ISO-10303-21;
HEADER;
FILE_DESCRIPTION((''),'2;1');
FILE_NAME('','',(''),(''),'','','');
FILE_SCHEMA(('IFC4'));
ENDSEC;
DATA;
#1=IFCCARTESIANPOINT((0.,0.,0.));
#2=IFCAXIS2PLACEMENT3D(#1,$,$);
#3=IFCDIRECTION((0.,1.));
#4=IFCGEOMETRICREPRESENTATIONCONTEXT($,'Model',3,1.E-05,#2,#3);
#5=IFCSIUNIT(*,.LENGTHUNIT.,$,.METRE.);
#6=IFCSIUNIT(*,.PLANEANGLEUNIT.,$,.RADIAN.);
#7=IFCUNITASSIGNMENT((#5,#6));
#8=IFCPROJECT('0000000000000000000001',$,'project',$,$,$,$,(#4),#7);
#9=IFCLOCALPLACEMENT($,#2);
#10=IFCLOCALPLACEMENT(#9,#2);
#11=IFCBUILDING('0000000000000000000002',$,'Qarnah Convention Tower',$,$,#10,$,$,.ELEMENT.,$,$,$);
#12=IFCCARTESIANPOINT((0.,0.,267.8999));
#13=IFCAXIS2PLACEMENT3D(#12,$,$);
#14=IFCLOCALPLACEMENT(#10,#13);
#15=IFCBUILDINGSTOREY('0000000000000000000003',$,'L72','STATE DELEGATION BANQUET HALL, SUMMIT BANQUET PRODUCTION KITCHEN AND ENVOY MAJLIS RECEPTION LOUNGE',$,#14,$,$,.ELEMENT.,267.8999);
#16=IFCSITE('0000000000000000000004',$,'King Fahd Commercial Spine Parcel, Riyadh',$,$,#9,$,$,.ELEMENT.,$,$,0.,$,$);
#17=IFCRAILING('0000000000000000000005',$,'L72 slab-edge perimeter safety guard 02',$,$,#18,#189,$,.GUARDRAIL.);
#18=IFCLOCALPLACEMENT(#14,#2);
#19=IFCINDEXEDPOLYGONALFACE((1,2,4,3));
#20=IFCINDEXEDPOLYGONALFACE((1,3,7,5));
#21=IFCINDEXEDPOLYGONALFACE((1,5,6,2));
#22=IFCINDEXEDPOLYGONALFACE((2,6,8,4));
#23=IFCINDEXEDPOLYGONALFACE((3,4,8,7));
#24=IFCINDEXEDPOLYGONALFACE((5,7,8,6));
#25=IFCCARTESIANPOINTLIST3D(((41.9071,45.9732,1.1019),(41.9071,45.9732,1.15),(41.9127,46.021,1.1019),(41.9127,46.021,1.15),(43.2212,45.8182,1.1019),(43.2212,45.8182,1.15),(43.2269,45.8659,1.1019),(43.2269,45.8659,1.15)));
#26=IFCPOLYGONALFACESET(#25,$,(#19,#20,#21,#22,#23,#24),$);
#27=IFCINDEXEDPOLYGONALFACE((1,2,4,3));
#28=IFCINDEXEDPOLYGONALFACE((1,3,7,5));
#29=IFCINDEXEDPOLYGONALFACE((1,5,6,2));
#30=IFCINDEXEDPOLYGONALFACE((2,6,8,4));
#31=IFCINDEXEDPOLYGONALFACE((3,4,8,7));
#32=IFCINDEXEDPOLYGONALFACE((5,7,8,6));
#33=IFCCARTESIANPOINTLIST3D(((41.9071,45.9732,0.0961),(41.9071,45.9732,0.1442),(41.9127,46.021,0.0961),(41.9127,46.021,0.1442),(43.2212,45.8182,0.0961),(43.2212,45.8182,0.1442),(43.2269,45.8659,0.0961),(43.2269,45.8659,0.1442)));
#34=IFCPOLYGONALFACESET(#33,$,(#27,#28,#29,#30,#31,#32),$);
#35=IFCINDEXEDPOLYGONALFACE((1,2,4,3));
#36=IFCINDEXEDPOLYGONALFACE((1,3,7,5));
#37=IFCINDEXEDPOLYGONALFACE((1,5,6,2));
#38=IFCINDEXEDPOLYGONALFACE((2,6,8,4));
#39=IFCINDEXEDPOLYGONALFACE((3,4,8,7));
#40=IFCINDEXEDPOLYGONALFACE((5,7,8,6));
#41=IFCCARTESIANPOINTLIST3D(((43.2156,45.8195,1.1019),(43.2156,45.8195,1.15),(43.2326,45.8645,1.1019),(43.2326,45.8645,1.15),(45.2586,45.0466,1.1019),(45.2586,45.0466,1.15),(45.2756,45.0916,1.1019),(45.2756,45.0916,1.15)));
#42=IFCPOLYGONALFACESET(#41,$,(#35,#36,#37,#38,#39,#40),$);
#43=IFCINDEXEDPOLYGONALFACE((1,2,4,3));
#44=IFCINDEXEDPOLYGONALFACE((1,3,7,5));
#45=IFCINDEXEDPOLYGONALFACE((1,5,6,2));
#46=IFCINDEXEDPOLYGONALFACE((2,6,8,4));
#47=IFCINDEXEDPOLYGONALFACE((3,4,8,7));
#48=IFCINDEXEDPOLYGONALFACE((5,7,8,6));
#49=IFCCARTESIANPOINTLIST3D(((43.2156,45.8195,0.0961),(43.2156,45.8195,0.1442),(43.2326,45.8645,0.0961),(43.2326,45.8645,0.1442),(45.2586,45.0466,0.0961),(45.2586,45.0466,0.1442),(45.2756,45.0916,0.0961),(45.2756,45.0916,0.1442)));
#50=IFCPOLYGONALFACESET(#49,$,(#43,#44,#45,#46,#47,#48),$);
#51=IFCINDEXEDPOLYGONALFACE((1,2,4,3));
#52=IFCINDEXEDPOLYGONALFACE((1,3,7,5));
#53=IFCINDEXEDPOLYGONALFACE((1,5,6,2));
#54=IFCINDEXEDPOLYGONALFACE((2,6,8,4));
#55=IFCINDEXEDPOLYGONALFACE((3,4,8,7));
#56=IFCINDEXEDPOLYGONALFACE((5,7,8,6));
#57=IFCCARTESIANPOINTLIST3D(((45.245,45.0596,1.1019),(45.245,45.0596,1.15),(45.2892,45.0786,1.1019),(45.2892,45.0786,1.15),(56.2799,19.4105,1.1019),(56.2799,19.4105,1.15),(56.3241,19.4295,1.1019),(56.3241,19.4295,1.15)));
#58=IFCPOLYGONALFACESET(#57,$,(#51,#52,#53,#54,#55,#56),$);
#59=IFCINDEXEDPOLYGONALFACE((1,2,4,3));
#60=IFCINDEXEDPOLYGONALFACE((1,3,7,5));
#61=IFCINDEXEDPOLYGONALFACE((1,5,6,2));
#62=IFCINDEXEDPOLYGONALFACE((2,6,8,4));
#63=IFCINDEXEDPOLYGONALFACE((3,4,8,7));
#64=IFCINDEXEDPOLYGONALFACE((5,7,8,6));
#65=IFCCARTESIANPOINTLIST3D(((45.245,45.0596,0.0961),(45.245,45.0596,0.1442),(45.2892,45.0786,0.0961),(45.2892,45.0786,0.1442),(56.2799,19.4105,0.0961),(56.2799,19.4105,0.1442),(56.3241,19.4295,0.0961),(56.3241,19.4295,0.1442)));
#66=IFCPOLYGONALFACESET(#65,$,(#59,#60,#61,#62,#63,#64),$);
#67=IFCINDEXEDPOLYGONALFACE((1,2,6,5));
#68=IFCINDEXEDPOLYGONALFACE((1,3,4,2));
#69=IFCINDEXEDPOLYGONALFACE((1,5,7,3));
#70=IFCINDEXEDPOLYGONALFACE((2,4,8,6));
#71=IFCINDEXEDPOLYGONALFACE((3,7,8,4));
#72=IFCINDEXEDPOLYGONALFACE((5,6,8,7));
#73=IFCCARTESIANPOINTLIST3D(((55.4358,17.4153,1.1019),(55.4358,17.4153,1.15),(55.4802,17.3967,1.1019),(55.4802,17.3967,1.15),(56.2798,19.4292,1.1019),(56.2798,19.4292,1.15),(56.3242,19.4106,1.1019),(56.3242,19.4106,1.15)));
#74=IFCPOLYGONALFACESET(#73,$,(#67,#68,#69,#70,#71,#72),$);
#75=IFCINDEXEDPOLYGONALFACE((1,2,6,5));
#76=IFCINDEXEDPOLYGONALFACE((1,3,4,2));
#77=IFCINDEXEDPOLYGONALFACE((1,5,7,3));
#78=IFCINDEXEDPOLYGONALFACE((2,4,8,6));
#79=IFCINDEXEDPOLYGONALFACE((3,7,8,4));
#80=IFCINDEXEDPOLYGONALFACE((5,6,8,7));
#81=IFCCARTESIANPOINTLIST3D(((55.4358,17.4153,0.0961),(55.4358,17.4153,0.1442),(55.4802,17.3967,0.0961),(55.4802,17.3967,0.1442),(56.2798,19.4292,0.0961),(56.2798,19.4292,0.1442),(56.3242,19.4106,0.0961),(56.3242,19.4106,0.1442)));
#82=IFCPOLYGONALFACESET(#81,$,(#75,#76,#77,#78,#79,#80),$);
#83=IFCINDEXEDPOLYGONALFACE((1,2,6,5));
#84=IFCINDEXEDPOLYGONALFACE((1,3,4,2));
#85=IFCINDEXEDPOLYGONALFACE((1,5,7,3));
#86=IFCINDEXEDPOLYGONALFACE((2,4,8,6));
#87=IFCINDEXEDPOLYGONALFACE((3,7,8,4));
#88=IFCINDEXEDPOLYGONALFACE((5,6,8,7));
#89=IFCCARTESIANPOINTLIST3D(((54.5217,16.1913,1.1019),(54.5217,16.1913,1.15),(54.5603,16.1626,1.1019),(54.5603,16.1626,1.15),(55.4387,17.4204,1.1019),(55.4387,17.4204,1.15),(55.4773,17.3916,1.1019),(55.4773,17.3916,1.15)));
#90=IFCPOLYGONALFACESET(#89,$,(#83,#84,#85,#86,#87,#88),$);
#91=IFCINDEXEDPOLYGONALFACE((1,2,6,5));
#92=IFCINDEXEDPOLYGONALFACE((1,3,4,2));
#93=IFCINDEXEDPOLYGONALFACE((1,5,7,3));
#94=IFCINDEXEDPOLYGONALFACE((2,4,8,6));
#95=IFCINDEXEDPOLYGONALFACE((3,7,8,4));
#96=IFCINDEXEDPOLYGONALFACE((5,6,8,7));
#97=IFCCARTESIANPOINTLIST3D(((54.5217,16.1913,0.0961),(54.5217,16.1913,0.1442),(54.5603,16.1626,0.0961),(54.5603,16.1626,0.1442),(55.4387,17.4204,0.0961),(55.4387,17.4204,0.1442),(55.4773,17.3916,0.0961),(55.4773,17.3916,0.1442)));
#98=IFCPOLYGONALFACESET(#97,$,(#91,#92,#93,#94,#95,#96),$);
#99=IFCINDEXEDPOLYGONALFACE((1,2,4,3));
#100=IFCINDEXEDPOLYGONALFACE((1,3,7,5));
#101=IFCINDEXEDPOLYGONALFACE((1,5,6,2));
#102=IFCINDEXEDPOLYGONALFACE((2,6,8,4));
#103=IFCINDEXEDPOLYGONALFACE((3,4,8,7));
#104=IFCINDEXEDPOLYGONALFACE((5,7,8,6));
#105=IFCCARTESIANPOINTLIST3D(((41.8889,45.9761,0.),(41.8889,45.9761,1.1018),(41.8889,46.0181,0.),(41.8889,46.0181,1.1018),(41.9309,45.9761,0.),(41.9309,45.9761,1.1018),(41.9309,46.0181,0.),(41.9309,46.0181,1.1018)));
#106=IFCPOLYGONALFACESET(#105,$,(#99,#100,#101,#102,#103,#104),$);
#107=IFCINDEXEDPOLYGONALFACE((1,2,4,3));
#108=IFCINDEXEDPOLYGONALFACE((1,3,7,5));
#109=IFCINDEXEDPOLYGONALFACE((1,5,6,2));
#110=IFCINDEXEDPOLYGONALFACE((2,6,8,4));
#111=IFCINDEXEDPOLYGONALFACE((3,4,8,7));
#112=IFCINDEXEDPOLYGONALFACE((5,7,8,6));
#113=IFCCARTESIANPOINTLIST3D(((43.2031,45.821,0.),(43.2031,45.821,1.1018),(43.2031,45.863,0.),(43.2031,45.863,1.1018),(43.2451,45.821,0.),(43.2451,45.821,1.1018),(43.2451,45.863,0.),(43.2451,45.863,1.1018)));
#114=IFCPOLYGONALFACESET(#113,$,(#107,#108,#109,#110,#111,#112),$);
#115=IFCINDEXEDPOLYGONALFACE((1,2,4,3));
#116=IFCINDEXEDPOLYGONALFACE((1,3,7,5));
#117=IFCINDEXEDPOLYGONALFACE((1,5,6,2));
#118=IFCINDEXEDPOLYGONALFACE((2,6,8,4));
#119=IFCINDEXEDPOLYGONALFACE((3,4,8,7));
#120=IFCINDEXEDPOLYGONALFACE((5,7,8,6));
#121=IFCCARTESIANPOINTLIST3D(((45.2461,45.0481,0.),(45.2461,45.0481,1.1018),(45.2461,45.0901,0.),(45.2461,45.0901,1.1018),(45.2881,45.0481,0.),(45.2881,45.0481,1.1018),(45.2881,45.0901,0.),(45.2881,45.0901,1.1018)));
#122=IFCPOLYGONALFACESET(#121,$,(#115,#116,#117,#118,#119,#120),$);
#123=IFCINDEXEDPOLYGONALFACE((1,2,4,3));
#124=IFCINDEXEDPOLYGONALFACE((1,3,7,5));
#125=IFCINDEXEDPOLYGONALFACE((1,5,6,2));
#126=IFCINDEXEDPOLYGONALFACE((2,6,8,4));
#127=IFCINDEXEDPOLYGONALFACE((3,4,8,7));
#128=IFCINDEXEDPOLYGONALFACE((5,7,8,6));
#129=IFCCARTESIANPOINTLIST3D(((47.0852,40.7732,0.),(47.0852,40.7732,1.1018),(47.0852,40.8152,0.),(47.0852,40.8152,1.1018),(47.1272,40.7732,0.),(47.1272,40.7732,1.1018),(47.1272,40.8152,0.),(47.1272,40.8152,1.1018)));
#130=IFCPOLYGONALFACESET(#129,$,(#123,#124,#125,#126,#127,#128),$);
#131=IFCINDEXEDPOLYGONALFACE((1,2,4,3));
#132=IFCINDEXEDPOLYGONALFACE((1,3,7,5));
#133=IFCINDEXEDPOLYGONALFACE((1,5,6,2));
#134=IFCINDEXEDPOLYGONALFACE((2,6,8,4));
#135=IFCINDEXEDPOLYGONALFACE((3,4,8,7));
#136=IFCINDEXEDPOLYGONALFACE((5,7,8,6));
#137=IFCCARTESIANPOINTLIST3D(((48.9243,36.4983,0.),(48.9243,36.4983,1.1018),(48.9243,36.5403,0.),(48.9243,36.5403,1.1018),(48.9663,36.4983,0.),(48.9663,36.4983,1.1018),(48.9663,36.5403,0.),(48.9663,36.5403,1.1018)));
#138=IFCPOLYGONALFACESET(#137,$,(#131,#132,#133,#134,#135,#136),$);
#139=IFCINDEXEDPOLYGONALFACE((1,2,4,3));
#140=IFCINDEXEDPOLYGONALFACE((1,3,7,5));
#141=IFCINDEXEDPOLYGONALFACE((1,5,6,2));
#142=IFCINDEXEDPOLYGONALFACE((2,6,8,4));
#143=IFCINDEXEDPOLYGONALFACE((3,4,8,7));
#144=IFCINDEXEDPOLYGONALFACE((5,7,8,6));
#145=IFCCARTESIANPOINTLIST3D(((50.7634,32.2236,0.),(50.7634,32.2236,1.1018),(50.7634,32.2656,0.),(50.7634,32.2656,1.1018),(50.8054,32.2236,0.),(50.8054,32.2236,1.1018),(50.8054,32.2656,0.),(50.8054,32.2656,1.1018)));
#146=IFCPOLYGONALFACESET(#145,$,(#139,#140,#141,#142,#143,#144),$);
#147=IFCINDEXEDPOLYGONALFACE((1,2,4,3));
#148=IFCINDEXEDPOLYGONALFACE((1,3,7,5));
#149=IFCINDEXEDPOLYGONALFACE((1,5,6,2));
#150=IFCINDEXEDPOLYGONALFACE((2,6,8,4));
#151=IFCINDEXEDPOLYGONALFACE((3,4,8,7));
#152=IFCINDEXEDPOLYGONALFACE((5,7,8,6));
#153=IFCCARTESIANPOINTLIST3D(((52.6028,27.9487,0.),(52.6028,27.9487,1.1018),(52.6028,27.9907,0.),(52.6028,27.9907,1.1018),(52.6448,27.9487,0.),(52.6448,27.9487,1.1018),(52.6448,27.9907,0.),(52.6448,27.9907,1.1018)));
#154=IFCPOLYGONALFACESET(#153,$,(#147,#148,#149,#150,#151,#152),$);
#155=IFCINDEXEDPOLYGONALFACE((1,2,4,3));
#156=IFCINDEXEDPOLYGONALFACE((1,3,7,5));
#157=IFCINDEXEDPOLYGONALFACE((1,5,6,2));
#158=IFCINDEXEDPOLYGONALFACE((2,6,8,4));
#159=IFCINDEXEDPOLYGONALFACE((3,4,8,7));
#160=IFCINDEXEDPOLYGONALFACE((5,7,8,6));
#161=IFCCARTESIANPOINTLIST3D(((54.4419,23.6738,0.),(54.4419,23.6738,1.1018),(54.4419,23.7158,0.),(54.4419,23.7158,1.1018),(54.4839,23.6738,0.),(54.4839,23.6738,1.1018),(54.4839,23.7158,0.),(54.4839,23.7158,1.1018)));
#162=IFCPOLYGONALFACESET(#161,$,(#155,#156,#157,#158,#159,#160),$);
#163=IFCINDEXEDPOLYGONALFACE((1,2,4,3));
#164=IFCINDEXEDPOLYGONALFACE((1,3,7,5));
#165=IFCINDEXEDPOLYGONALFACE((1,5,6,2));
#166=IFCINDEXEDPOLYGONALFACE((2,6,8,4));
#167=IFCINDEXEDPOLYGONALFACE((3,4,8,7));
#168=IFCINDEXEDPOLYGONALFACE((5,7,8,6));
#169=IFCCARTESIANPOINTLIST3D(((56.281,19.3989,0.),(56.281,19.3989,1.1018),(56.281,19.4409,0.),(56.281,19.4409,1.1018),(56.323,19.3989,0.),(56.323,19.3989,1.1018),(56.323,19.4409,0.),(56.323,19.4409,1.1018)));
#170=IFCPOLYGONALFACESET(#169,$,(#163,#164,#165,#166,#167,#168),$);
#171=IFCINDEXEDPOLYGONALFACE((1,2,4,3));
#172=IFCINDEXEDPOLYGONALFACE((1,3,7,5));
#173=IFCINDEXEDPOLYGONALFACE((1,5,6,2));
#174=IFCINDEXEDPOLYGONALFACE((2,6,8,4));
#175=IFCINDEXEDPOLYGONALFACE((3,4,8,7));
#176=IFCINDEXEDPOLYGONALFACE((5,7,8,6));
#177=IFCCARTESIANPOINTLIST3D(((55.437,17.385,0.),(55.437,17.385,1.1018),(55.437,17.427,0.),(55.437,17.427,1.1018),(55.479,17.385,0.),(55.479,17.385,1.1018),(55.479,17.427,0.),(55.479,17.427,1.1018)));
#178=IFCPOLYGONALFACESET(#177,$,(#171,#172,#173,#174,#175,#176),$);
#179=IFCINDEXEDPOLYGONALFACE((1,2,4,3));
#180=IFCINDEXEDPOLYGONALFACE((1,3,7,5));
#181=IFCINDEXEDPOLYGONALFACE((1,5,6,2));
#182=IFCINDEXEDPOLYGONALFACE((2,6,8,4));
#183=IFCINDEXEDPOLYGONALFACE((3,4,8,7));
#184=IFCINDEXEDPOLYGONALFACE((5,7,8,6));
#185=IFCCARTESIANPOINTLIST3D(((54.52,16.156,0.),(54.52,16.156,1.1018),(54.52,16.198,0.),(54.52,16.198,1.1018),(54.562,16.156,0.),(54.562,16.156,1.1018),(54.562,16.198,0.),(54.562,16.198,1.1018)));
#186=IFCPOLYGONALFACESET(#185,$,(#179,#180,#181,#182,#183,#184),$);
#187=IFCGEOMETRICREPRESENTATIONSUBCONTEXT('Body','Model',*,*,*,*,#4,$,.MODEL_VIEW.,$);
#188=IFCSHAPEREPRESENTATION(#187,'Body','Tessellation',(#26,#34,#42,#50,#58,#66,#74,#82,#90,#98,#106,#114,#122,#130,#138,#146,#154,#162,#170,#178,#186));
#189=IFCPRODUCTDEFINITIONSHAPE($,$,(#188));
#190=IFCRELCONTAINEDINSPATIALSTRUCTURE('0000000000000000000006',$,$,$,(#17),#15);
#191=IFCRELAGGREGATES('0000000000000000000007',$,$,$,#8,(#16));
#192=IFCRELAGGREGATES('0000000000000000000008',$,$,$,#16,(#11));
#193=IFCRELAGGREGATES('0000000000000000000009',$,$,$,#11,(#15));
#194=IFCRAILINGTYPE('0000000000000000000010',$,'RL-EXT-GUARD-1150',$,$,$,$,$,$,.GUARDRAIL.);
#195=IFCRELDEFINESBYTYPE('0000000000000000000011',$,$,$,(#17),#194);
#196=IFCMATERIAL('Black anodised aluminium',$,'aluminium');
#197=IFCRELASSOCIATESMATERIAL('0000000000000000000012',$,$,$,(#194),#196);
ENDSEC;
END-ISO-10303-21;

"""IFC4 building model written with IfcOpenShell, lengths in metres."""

from ifc_helpers import new_model, si_unit, direction, frame, origin, origin_2d, place, context, subcontext, project, spatial, rectangle, extrude, material, type_object, element, save


model = new_model("IFC4")

# Units and contexts
model_context = context("Model", 3, precision=1e-05, world=origin(), true_north=direction((0.0, 1.0)))
body_context = subcontext(model_context, "Body", "Model", "MODEL_VIEW")
ifc_project = project(units=[si_unit("LENGTHUNIT", "METRE"), si_unit("PLANEANGLEUNIT", "RADIAN")], contexts=[model_context])

# Site, building, storey
site_placement = place(None, origin())
site = spatial("IfcSite", under=ifc_project, at=site_placement, Name="King Fahd Commercial Spine Parcel, Riyadh", CompositionType="ELEMENT", RefElevation=0.0)
building_placement = place(site_placement, origin())
building = spatial("IfcBuilding", under=site, at=building_placement, Name="Qarnah Convention Tower", CompositionType="ELEMENT")
storey_placement = place(building_placement, frame((0.0, 0.0, 267.8999)))
storey = spatial("IfcBuildingStorey", under=building, at=storey_placement, Name="L72", Description="STATE DELEGATION BANQUET HALL, SUMMIT BANQUET PRODUCTION KITCHEN AND ENVOY MAJLIS RECEPTION LOUNGE", CompositionType="ELEMENT", Elevation=267.8999)

# Shared definitions
ifc_material_1 = material(Name="Black anodised aluminium", Category="aluminium")

# Railing
railing_type = type_object("IfcRailingType", Name="RL-EXT-GUARD-1150", PredefinedType="GUARDRAIL", material=ifc_material_1)
railing_1_placement = place(storey_placement, frame((41.9099, 45.9971, 0.0)))
element("IfcRailing", 1, at=railing_1_placement, inside=storey, type_object=railing_type, Name="L72 slab-edge perimeter safety guard 02", PredefinedType="GUARDRAIL", context=body_context, shape_type="SweptSolid", body=[
    extrude(rectangle(XDim=0.0481, YDim=0.0481, at=origin_2d()), frame((0.0, 0.0, 1.126), z_axis=(0.993114, -0.117152, 0.0), x_axis=(0.117152, 0.993114, 0.0)), (0.0, 0.0, 1.0), 1.3232),
    extrude(rectangle(XDim=0.0481, YDim=0.0481, at=origin_2d()), frame((0.0, 0.0, 0.1201), z_axis=(0.993114, -0.117152, 0.0), x_axis=(0.117152, 0.993114, 0.0)), (0.0, 0.0, 1.0), 1.3232),
    extrude(rectangle(XDim=0.0481, YDim=0.0481, at=origin_2d()), frame((1.3142, -0.155, 1.126), z_axis=(0.935296, -0.353866, 0.0), x_axis=(0.353866, 0.935296, 0.0)), (0.0, 0.0, 1.0), 2.1843),
    extrude(rectangle(XDim=0.0481, YDim=0.0481, at=origin_2d()), frame((1.3142, -0.155, 0.1201), z_axis=(0.935296, -0.353866, 0.0), x_axis=(0.353866, 0.935296, 0.0)), (0.0, 0.0, 1.0), 2.1843),
    extrude(rectangle(XDim=0.0481, YDim=0.0481, at=origin_2d()), frame((3.3572, -0.928, 1.126), z_axis=(0.395202, -0.918594, 0.0), x_axis=(0.918594, 0.395202, 0.0)), (0.0, 0.0, 1.0), 27.9221),
    extrude(rectangle(XDim=0.0481, YDim=0.0481, at=origin_2d()), frame((3.3572, -0.928, 0.1201), z_axis=(0.395202, -0.918594, 0.0), x_axis=(0.918594, 0.395202, 0.0)), (0.0, 0.0, 1.0), 27.9221),
    extrude(rectangle(XDim=0.0481, YDim=0.0481, at=origin_2d()), frame((14.3921, -26.5771, 1.126), z_axis=(-0.386512, -0.922284, 0.0), x_axis=(0.922284, -0.386512, 0.0)), (0.0, 0.0, 1.0), 2.1836),
    extrude(rectangle(XDim=0.0481, YDim=0.0481, at=origin_2d()), frame((14.3921, -26.5771, 0.1201), z_axis=(-0.386512, -0.922284, 0.0), x_axis=(0.922284, -0.386512, 0.0)), (0.0, 0.0, 1.0), 2.1836),
    extrude(rectangle(XDim=0.0481, YDim=0.0481, at=origin_2d()), frame((13.5481, -28.5911, 1.126), z_axis=(-0.598011, -0.801488, 0.0), x_axis=(0.801488, -0.598011, 0.0)), (0.0, 0.0, 1.0), 1.5334),
    extrude(rectangle(XDim=0.0481, YDim=0.0481, at=origin_2d()), frame((13.5481, -28.5911, 0.1201), z_axis=(-0.598011, -0.801488, 0.0), x_axis=(0.801488, -0.598011, 0.0)), (0.0, 0.0, 1.0), 1.5334),
    extrude(rectangle(XDim=0.042, YDim=0.042, at=origin_2d()), origin(), (0.0, 0.0, 1.0), 1.1018),
    extrude(rectangle(XDim=0.042, YDim=0.042, at=origin_2d()), frame((1.3142, -0.155, 0.0)), (0.0, 0.0, 1.0), 1.1018),
    extrude(rectangle(XDim=0.042, YDim=0.042, at=origin_2d()), frame((3.3572, -0.928, 0.0)), (0.0, 0.0, 1.0), 1.1018),
    extrude(rectangle(XDim=0.042, YDim=0.042, at=origin_2d()), frame((5.1963, -5.2029, 0.0)), (0.0, 0.0, 1.0), 1.1018),
    extrude(rectangle(XDim=0.042, YDim=0.042, at=origin_2d()), frame((7.0354, -9.4778, 0.0)), (0.0, 0.0, 1.0), 1.1018),
    extrude(rectangle(XDim=0.042, YDim=0.042, at=origin_2d()), frame((8.8745, -13.7524, 0.0)), (0.0, 0.0, 1.0), 1.1018),
    extrude(rectangle(XDim=0.042, YDim=0.042, at=origin_2d()), frame((10.7139, -18.0273, 0.0)), (0.0, 0.0, 1.0), 1.1018),
    extrude(rectangle(XDim=0.042, YDim=0.042, at=origin_2d()), frame((12.553, -22.3022, 0.0)), (0.0, 0.0, 1.0), 1.1018),
    extrude(rectangle(XDim=0.042, YDim=0.042, at=origin_2d()), frame((14.3921, -26.5771, 0.0)), (0.0, 0.0, 1.0), 1.1018),
    extrude(rectangle(XDim=0.042, YDim=0.042, at=origin_2d()), frame((13.5481, -28.5911, 0.0)), (0.0, 0.0, 1.0), 1.1018),
    extrude(rectangle(XDim=0.042, YDim=0.042, at=origin_2d()), frame((12.6311, -29.8201, 0.0)), (0.0, 0.0, 1.0), 1.1018),
])

save(model, "model.ifc")
